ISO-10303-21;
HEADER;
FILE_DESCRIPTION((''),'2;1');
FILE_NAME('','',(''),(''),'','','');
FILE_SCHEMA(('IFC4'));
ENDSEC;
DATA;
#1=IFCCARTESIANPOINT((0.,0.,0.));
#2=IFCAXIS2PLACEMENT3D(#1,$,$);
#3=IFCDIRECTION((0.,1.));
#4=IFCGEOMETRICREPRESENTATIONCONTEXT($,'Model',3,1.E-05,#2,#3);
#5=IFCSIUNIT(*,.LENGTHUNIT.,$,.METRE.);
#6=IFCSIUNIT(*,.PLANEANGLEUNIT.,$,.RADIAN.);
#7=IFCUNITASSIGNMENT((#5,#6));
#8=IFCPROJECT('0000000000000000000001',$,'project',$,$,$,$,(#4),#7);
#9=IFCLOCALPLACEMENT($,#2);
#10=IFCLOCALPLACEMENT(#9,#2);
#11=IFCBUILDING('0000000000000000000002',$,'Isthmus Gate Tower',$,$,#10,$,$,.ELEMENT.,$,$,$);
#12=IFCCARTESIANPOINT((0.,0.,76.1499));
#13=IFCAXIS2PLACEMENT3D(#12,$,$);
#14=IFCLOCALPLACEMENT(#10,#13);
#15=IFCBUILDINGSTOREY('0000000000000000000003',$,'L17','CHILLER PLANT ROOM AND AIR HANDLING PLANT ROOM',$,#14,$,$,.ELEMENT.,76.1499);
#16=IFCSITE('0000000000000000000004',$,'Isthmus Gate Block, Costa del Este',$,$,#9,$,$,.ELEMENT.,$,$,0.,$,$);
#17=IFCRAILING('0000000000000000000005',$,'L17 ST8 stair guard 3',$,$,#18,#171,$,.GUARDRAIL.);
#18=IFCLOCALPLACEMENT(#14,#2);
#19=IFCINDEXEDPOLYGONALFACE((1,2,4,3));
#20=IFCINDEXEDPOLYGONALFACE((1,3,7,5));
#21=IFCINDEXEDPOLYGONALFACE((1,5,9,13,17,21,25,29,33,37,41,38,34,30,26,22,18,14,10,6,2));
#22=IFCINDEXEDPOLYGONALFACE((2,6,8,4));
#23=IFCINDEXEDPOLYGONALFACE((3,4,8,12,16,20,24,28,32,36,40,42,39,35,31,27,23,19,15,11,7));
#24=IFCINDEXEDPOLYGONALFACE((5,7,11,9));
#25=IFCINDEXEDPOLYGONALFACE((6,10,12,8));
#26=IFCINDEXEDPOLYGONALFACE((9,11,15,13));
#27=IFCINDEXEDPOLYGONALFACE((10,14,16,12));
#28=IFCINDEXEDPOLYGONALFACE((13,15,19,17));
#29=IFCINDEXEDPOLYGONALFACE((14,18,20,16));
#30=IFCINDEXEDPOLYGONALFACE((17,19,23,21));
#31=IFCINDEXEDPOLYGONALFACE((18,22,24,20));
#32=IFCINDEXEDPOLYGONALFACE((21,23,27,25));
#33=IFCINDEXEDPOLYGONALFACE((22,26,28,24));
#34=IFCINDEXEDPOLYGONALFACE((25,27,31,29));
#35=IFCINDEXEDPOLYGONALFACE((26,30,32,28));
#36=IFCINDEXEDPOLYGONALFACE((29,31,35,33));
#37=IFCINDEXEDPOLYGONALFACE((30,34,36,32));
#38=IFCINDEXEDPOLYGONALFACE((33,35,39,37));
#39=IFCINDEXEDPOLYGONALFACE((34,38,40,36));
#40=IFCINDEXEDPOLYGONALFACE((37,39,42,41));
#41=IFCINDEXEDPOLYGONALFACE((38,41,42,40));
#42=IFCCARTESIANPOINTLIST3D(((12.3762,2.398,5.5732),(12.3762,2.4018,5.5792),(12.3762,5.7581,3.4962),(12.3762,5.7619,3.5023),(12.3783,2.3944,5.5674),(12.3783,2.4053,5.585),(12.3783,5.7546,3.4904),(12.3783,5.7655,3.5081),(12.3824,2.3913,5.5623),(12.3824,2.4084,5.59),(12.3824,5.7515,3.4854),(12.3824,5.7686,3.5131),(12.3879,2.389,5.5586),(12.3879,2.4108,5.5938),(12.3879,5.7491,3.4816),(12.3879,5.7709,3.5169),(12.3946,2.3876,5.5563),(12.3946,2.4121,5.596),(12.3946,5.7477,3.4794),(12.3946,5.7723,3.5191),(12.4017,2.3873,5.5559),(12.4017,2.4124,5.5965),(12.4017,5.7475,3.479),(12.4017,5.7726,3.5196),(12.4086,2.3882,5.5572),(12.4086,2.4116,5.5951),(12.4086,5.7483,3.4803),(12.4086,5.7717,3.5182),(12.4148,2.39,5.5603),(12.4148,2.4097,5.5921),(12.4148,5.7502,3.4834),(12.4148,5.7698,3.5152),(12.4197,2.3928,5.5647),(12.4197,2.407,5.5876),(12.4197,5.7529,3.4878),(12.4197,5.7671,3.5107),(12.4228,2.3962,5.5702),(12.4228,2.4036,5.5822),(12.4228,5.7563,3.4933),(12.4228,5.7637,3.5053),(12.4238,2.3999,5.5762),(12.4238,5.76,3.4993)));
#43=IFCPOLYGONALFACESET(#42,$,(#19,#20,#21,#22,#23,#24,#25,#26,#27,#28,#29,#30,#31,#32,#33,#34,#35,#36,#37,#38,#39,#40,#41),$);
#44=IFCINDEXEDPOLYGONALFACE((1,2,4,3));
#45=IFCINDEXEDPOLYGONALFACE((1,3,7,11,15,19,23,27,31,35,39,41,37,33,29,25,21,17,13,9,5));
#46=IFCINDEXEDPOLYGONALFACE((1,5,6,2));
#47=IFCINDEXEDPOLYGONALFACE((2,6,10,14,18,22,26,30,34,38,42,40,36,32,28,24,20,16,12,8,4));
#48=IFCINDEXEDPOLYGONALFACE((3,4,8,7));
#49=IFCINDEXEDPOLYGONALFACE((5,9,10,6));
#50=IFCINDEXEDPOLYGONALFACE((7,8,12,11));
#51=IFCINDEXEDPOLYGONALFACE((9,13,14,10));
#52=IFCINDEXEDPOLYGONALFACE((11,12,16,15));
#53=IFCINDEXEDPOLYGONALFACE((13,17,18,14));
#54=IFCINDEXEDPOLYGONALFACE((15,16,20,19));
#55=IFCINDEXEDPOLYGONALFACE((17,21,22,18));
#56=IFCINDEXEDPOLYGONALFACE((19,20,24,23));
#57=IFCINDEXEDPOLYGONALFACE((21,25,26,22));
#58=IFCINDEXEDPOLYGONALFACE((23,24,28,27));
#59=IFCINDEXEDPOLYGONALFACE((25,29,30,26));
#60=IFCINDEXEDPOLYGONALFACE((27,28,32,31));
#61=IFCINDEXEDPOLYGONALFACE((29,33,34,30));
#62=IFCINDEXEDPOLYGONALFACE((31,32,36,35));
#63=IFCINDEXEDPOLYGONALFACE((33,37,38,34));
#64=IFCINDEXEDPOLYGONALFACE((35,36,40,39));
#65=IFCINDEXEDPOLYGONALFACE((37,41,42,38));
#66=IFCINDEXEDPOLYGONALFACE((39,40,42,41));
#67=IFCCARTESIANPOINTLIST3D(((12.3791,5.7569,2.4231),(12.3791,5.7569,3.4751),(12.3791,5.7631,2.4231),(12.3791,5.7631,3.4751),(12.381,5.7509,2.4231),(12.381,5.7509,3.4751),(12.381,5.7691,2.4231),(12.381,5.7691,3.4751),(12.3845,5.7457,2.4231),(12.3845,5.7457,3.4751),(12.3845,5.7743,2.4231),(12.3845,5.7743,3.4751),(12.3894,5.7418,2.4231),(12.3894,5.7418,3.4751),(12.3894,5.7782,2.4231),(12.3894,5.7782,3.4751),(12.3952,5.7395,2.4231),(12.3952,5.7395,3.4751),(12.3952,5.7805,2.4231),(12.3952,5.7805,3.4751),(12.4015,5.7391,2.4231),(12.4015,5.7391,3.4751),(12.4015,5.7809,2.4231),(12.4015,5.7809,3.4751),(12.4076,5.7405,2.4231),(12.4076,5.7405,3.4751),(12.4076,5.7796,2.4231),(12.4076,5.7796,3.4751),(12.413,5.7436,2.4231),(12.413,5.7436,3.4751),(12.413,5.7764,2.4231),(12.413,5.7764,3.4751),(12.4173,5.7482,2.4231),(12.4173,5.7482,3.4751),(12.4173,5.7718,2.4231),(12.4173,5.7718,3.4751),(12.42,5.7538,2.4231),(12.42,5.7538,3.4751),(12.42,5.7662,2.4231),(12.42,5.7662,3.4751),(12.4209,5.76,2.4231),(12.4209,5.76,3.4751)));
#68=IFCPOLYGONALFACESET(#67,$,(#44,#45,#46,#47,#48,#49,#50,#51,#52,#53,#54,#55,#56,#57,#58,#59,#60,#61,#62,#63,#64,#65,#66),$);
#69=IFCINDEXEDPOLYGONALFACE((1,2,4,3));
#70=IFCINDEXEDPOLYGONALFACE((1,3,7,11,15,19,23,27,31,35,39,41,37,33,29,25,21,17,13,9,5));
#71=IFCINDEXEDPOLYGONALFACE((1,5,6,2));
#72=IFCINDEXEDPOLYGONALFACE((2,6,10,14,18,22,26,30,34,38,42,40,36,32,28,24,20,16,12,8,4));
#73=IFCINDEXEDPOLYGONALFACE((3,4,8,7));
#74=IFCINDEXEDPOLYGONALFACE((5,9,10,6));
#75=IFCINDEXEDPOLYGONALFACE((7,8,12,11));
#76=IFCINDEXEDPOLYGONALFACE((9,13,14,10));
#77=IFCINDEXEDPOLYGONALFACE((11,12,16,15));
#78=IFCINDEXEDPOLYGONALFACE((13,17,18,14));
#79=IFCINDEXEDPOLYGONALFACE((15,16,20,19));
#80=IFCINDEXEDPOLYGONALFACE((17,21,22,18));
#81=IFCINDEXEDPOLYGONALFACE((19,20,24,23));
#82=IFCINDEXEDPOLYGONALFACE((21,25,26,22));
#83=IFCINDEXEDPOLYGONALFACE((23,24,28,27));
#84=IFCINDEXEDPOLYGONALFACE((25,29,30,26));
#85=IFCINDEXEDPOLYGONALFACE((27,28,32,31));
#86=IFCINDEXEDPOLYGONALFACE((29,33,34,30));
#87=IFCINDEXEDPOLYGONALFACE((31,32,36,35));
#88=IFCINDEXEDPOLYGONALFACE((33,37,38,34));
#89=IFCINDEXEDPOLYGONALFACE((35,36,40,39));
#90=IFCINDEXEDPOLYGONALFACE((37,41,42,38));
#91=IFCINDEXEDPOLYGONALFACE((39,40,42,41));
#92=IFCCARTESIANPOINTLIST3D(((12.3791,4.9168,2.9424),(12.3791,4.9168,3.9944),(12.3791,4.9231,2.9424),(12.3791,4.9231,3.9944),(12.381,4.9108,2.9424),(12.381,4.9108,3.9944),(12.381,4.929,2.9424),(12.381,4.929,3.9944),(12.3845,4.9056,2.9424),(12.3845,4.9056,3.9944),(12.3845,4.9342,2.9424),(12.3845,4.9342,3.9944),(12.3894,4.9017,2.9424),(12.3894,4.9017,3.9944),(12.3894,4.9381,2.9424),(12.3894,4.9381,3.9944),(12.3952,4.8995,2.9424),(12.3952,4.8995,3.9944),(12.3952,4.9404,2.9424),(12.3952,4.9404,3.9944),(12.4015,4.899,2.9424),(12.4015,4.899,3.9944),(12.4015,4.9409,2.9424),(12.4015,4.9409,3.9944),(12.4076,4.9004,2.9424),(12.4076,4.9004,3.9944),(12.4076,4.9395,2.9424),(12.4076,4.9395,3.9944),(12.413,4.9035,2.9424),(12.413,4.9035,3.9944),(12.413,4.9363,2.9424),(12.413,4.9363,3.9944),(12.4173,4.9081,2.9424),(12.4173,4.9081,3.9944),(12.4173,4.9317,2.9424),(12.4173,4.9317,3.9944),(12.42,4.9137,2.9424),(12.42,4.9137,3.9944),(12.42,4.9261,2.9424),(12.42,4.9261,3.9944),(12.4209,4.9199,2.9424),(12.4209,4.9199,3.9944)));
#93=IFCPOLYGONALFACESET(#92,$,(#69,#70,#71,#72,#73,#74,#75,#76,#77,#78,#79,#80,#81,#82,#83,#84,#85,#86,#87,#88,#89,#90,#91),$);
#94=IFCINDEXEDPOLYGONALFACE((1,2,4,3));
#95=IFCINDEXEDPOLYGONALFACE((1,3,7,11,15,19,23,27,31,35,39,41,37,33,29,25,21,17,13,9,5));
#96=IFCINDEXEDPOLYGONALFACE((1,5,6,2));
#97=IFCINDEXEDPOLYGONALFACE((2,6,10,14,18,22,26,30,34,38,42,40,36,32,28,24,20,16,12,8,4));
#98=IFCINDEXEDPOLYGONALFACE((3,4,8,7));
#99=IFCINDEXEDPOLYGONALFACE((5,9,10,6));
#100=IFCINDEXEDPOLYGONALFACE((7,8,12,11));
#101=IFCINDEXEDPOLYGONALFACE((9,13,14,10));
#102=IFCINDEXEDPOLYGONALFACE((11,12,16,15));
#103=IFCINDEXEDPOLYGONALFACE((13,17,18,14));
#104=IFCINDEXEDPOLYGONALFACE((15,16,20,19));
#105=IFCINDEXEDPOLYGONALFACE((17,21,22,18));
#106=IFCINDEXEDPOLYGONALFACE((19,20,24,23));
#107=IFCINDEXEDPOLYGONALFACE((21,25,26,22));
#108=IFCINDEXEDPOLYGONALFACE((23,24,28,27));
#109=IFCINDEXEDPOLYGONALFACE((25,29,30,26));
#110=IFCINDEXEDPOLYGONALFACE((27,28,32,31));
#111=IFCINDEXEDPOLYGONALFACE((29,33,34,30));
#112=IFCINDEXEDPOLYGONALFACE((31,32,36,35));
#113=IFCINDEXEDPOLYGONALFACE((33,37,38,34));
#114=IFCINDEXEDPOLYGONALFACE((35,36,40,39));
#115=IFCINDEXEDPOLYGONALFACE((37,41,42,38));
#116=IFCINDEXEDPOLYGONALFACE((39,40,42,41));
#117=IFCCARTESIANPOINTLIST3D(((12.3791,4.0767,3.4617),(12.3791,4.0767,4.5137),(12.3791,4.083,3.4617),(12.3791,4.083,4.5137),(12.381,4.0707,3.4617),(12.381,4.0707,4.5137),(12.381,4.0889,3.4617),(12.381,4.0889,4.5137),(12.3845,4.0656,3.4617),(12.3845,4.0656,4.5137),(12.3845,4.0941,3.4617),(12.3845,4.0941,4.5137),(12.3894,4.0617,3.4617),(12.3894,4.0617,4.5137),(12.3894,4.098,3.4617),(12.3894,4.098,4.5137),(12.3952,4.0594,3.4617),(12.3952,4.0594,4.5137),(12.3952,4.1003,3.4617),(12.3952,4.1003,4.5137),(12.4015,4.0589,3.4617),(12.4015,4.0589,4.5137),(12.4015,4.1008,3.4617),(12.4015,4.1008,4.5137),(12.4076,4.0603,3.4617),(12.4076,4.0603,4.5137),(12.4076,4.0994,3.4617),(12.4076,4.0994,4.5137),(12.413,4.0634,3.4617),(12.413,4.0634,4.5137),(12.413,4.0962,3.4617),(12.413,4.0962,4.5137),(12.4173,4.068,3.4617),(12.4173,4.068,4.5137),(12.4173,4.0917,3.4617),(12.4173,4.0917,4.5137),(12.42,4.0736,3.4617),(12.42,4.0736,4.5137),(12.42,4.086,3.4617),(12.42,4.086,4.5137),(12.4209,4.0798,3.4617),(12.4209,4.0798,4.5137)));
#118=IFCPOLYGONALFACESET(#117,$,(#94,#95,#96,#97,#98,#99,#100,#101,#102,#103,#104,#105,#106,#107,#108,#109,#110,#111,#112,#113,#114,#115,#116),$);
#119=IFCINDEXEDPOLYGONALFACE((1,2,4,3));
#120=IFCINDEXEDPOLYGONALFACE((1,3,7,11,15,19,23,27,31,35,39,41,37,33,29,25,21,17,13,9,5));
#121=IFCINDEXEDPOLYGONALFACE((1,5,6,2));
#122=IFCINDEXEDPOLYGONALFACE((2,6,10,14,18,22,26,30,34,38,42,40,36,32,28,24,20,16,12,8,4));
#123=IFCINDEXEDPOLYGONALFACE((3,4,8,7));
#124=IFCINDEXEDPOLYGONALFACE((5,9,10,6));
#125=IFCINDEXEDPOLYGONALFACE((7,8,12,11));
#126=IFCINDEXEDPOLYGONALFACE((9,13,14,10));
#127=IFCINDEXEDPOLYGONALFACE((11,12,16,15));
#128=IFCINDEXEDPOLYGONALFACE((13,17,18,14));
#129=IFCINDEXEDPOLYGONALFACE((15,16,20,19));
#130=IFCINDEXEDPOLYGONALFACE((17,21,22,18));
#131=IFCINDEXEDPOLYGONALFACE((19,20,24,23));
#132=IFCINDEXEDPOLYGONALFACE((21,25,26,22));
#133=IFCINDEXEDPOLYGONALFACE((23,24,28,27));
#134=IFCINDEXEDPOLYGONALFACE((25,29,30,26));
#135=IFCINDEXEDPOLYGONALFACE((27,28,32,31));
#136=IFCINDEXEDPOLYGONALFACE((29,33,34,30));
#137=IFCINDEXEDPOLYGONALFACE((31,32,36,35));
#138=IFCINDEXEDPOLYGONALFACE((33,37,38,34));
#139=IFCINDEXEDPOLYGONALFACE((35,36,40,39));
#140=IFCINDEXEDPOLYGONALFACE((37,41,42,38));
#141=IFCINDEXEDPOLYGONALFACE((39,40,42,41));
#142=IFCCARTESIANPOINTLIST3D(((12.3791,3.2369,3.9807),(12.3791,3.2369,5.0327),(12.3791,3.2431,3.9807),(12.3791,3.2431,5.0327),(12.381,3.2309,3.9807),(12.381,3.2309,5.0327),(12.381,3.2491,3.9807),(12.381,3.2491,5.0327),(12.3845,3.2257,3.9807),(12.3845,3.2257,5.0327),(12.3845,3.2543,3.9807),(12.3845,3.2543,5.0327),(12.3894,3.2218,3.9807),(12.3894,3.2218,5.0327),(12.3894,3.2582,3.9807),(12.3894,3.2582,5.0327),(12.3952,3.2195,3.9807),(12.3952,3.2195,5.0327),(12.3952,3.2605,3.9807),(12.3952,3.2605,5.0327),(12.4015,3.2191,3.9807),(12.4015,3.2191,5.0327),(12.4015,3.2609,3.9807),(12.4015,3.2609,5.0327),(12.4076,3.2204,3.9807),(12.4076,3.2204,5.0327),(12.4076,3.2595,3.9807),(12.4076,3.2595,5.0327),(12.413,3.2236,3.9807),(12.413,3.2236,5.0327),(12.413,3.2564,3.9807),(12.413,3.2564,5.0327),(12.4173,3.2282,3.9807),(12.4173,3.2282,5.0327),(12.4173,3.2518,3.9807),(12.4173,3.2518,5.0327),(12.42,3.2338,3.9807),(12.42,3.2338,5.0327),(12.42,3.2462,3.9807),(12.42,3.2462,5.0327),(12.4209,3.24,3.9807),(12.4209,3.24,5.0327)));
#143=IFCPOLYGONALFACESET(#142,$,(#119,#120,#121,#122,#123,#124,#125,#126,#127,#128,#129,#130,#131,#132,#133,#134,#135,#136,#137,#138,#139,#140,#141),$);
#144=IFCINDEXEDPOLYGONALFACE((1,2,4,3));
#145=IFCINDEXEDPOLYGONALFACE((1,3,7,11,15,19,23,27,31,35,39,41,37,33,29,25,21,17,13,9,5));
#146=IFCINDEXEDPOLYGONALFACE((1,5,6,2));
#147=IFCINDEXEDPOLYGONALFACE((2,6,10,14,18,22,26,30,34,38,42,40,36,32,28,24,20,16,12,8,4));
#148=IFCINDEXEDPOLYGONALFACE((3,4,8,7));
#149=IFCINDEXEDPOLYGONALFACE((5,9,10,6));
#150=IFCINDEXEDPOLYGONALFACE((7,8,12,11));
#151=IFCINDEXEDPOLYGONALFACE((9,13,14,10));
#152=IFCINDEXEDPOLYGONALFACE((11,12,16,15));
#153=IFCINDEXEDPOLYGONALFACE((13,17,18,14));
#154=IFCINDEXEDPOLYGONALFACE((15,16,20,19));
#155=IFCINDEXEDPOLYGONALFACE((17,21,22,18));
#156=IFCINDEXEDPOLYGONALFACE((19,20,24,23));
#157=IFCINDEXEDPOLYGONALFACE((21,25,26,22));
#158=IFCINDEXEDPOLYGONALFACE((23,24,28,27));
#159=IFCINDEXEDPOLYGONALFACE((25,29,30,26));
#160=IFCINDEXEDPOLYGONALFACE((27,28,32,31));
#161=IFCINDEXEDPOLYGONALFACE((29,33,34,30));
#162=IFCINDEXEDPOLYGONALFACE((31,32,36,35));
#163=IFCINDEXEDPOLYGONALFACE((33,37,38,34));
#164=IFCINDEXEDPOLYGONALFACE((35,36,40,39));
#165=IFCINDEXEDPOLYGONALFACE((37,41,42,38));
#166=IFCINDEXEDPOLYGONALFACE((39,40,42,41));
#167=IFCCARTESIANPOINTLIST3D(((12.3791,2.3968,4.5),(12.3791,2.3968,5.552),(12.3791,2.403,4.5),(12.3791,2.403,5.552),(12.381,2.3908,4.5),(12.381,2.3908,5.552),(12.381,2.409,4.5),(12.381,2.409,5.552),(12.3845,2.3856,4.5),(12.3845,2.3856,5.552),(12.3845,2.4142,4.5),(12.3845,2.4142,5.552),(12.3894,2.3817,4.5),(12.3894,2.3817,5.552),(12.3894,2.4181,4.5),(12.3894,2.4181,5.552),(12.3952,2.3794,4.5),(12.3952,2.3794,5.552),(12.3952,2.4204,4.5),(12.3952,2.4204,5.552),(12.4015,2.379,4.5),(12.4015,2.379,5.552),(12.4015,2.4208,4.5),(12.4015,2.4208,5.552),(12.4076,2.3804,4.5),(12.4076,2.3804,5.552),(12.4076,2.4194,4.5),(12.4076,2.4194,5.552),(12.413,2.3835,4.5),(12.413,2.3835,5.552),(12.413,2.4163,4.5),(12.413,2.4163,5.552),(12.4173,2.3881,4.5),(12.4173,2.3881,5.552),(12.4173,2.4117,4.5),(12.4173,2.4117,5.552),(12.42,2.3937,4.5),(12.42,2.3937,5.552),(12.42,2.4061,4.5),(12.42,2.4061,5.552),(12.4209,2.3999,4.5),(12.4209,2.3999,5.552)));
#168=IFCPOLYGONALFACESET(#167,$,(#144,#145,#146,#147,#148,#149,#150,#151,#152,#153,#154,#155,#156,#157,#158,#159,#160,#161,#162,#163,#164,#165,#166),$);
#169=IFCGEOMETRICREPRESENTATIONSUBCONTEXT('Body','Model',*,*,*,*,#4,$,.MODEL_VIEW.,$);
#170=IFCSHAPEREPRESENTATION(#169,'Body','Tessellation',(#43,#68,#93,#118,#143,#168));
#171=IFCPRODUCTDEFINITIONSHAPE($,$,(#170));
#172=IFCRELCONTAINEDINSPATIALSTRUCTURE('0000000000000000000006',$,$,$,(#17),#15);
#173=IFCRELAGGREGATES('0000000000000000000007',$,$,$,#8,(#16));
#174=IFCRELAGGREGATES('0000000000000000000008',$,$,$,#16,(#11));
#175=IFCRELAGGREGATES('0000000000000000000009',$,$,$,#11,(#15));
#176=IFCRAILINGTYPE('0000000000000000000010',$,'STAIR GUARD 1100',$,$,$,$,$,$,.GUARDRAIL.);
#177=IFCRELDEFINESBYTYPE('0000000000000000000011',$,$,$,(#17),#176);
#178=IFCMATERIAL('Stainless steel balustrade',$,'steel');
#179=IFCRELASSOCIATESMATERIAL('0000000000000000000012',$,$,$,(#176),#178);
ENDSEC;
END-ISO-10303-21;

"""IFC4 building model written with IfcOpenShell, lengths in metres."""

from ifc_helpers import new_model, si_unit, direction, frame, origin, origin_2d, place, context, subcontext, project, spatial, circle, extrude, material, type_object, element, save


model = new_model("IFC4")

# Units and contexts
model_context = context("Model", 3, precision=1e-05, world=origin(), true_north=direction((0.0, 1.0)))
body_context = subcontext(model_context, "Body", "Model", "MODEL_VIEW")
ifc_project = project(units=[si_unit("LENGTHUNIT", "METRE"), si_unit("PLANEANGLEUNIT", "RADIAN")], contexts=[model_context])

# Site, building, storey
site_placement = place(None, origin())
site = spatial("IfcSite", under=ifc_project, at=site_placement, Name="Isthmus Gate Block, Costa del Este", CompositionType="ELEMENT", RefElevation=0.0)
building_placement = place(site_placement, origin())
building = spatial("IfcBuilding", under=site, at=building_placement, Name="Isthmus Gate Tower", CompositionType="ELEMENT")
storey_placement = place(building_placement, frame((0.0, 0.0, 76.1499)))
storey = spatial("IfcBuildingStorey", under=building, at=storey_placement, Name="L17", Description="CHILLER PLANT ROOM AND AIR HANDLING PLANT ROOM", CompositionType="ELEMENT", Elevation=76.1499)

# Railing
ifc_material_1 = material(Name="Stainless steel balustrade", Category="steel")
railing_type_1 = type_object("IfcRailingType", Name="STAIR GUARD 1100", PredefinedType="GUARDRAIL", material=ifc_material_1)
railing_1_placement = place(storey_placement, frame((12.3999, 5.76, 2.4231)))
element("IfcRailing", 1, at=railing_1_placement, inside=storey, type_object=railing_type_1, Name="L17 ST8 stair guard 3", PredefinedType="GUARDRAIL", context=body_context, shape_type="SweptSolid", body=[
    extrude(circle(Radius=0.0239, at=origin_2d()), frame((0.0, 0.0, 1.0762), z_axis=(0.0, -0.850623, 0.525776), x_axis=(1.0, 0.0, 0.0)), (0.0, 0.0, 1.0), 3.9502),
    extrude(circle(Radius=0.021, at=origin_2d()), origin(), (0.0, 0.0, 1.0), 1.052),
    extrude(circle(Radius=0.021, at=origin_2d()), frame((0.0, -0.8401, 0.5193)), (0.0, 0.0, 1.0), 1.052),
    extrude(circle(Radius=0.021, at=origin_2d()), frame((0.0, -1.6802, 1.0386)), (0.0, 0.0, 1.0), 1.052),
    extrude(circle(Radius=0.021, at=origin_2d()), frame((0.0, -2.52, 1.5576)), (0.0, 0.0, 1.0), 1.052),
    extrude(circle(Radius=0.021, at=origin_2d()), frame((0.0, -3.3601, 2.0769)), (0.0, 0.0, 1.0), 1.052),
])

save(model, "model.ifc")
